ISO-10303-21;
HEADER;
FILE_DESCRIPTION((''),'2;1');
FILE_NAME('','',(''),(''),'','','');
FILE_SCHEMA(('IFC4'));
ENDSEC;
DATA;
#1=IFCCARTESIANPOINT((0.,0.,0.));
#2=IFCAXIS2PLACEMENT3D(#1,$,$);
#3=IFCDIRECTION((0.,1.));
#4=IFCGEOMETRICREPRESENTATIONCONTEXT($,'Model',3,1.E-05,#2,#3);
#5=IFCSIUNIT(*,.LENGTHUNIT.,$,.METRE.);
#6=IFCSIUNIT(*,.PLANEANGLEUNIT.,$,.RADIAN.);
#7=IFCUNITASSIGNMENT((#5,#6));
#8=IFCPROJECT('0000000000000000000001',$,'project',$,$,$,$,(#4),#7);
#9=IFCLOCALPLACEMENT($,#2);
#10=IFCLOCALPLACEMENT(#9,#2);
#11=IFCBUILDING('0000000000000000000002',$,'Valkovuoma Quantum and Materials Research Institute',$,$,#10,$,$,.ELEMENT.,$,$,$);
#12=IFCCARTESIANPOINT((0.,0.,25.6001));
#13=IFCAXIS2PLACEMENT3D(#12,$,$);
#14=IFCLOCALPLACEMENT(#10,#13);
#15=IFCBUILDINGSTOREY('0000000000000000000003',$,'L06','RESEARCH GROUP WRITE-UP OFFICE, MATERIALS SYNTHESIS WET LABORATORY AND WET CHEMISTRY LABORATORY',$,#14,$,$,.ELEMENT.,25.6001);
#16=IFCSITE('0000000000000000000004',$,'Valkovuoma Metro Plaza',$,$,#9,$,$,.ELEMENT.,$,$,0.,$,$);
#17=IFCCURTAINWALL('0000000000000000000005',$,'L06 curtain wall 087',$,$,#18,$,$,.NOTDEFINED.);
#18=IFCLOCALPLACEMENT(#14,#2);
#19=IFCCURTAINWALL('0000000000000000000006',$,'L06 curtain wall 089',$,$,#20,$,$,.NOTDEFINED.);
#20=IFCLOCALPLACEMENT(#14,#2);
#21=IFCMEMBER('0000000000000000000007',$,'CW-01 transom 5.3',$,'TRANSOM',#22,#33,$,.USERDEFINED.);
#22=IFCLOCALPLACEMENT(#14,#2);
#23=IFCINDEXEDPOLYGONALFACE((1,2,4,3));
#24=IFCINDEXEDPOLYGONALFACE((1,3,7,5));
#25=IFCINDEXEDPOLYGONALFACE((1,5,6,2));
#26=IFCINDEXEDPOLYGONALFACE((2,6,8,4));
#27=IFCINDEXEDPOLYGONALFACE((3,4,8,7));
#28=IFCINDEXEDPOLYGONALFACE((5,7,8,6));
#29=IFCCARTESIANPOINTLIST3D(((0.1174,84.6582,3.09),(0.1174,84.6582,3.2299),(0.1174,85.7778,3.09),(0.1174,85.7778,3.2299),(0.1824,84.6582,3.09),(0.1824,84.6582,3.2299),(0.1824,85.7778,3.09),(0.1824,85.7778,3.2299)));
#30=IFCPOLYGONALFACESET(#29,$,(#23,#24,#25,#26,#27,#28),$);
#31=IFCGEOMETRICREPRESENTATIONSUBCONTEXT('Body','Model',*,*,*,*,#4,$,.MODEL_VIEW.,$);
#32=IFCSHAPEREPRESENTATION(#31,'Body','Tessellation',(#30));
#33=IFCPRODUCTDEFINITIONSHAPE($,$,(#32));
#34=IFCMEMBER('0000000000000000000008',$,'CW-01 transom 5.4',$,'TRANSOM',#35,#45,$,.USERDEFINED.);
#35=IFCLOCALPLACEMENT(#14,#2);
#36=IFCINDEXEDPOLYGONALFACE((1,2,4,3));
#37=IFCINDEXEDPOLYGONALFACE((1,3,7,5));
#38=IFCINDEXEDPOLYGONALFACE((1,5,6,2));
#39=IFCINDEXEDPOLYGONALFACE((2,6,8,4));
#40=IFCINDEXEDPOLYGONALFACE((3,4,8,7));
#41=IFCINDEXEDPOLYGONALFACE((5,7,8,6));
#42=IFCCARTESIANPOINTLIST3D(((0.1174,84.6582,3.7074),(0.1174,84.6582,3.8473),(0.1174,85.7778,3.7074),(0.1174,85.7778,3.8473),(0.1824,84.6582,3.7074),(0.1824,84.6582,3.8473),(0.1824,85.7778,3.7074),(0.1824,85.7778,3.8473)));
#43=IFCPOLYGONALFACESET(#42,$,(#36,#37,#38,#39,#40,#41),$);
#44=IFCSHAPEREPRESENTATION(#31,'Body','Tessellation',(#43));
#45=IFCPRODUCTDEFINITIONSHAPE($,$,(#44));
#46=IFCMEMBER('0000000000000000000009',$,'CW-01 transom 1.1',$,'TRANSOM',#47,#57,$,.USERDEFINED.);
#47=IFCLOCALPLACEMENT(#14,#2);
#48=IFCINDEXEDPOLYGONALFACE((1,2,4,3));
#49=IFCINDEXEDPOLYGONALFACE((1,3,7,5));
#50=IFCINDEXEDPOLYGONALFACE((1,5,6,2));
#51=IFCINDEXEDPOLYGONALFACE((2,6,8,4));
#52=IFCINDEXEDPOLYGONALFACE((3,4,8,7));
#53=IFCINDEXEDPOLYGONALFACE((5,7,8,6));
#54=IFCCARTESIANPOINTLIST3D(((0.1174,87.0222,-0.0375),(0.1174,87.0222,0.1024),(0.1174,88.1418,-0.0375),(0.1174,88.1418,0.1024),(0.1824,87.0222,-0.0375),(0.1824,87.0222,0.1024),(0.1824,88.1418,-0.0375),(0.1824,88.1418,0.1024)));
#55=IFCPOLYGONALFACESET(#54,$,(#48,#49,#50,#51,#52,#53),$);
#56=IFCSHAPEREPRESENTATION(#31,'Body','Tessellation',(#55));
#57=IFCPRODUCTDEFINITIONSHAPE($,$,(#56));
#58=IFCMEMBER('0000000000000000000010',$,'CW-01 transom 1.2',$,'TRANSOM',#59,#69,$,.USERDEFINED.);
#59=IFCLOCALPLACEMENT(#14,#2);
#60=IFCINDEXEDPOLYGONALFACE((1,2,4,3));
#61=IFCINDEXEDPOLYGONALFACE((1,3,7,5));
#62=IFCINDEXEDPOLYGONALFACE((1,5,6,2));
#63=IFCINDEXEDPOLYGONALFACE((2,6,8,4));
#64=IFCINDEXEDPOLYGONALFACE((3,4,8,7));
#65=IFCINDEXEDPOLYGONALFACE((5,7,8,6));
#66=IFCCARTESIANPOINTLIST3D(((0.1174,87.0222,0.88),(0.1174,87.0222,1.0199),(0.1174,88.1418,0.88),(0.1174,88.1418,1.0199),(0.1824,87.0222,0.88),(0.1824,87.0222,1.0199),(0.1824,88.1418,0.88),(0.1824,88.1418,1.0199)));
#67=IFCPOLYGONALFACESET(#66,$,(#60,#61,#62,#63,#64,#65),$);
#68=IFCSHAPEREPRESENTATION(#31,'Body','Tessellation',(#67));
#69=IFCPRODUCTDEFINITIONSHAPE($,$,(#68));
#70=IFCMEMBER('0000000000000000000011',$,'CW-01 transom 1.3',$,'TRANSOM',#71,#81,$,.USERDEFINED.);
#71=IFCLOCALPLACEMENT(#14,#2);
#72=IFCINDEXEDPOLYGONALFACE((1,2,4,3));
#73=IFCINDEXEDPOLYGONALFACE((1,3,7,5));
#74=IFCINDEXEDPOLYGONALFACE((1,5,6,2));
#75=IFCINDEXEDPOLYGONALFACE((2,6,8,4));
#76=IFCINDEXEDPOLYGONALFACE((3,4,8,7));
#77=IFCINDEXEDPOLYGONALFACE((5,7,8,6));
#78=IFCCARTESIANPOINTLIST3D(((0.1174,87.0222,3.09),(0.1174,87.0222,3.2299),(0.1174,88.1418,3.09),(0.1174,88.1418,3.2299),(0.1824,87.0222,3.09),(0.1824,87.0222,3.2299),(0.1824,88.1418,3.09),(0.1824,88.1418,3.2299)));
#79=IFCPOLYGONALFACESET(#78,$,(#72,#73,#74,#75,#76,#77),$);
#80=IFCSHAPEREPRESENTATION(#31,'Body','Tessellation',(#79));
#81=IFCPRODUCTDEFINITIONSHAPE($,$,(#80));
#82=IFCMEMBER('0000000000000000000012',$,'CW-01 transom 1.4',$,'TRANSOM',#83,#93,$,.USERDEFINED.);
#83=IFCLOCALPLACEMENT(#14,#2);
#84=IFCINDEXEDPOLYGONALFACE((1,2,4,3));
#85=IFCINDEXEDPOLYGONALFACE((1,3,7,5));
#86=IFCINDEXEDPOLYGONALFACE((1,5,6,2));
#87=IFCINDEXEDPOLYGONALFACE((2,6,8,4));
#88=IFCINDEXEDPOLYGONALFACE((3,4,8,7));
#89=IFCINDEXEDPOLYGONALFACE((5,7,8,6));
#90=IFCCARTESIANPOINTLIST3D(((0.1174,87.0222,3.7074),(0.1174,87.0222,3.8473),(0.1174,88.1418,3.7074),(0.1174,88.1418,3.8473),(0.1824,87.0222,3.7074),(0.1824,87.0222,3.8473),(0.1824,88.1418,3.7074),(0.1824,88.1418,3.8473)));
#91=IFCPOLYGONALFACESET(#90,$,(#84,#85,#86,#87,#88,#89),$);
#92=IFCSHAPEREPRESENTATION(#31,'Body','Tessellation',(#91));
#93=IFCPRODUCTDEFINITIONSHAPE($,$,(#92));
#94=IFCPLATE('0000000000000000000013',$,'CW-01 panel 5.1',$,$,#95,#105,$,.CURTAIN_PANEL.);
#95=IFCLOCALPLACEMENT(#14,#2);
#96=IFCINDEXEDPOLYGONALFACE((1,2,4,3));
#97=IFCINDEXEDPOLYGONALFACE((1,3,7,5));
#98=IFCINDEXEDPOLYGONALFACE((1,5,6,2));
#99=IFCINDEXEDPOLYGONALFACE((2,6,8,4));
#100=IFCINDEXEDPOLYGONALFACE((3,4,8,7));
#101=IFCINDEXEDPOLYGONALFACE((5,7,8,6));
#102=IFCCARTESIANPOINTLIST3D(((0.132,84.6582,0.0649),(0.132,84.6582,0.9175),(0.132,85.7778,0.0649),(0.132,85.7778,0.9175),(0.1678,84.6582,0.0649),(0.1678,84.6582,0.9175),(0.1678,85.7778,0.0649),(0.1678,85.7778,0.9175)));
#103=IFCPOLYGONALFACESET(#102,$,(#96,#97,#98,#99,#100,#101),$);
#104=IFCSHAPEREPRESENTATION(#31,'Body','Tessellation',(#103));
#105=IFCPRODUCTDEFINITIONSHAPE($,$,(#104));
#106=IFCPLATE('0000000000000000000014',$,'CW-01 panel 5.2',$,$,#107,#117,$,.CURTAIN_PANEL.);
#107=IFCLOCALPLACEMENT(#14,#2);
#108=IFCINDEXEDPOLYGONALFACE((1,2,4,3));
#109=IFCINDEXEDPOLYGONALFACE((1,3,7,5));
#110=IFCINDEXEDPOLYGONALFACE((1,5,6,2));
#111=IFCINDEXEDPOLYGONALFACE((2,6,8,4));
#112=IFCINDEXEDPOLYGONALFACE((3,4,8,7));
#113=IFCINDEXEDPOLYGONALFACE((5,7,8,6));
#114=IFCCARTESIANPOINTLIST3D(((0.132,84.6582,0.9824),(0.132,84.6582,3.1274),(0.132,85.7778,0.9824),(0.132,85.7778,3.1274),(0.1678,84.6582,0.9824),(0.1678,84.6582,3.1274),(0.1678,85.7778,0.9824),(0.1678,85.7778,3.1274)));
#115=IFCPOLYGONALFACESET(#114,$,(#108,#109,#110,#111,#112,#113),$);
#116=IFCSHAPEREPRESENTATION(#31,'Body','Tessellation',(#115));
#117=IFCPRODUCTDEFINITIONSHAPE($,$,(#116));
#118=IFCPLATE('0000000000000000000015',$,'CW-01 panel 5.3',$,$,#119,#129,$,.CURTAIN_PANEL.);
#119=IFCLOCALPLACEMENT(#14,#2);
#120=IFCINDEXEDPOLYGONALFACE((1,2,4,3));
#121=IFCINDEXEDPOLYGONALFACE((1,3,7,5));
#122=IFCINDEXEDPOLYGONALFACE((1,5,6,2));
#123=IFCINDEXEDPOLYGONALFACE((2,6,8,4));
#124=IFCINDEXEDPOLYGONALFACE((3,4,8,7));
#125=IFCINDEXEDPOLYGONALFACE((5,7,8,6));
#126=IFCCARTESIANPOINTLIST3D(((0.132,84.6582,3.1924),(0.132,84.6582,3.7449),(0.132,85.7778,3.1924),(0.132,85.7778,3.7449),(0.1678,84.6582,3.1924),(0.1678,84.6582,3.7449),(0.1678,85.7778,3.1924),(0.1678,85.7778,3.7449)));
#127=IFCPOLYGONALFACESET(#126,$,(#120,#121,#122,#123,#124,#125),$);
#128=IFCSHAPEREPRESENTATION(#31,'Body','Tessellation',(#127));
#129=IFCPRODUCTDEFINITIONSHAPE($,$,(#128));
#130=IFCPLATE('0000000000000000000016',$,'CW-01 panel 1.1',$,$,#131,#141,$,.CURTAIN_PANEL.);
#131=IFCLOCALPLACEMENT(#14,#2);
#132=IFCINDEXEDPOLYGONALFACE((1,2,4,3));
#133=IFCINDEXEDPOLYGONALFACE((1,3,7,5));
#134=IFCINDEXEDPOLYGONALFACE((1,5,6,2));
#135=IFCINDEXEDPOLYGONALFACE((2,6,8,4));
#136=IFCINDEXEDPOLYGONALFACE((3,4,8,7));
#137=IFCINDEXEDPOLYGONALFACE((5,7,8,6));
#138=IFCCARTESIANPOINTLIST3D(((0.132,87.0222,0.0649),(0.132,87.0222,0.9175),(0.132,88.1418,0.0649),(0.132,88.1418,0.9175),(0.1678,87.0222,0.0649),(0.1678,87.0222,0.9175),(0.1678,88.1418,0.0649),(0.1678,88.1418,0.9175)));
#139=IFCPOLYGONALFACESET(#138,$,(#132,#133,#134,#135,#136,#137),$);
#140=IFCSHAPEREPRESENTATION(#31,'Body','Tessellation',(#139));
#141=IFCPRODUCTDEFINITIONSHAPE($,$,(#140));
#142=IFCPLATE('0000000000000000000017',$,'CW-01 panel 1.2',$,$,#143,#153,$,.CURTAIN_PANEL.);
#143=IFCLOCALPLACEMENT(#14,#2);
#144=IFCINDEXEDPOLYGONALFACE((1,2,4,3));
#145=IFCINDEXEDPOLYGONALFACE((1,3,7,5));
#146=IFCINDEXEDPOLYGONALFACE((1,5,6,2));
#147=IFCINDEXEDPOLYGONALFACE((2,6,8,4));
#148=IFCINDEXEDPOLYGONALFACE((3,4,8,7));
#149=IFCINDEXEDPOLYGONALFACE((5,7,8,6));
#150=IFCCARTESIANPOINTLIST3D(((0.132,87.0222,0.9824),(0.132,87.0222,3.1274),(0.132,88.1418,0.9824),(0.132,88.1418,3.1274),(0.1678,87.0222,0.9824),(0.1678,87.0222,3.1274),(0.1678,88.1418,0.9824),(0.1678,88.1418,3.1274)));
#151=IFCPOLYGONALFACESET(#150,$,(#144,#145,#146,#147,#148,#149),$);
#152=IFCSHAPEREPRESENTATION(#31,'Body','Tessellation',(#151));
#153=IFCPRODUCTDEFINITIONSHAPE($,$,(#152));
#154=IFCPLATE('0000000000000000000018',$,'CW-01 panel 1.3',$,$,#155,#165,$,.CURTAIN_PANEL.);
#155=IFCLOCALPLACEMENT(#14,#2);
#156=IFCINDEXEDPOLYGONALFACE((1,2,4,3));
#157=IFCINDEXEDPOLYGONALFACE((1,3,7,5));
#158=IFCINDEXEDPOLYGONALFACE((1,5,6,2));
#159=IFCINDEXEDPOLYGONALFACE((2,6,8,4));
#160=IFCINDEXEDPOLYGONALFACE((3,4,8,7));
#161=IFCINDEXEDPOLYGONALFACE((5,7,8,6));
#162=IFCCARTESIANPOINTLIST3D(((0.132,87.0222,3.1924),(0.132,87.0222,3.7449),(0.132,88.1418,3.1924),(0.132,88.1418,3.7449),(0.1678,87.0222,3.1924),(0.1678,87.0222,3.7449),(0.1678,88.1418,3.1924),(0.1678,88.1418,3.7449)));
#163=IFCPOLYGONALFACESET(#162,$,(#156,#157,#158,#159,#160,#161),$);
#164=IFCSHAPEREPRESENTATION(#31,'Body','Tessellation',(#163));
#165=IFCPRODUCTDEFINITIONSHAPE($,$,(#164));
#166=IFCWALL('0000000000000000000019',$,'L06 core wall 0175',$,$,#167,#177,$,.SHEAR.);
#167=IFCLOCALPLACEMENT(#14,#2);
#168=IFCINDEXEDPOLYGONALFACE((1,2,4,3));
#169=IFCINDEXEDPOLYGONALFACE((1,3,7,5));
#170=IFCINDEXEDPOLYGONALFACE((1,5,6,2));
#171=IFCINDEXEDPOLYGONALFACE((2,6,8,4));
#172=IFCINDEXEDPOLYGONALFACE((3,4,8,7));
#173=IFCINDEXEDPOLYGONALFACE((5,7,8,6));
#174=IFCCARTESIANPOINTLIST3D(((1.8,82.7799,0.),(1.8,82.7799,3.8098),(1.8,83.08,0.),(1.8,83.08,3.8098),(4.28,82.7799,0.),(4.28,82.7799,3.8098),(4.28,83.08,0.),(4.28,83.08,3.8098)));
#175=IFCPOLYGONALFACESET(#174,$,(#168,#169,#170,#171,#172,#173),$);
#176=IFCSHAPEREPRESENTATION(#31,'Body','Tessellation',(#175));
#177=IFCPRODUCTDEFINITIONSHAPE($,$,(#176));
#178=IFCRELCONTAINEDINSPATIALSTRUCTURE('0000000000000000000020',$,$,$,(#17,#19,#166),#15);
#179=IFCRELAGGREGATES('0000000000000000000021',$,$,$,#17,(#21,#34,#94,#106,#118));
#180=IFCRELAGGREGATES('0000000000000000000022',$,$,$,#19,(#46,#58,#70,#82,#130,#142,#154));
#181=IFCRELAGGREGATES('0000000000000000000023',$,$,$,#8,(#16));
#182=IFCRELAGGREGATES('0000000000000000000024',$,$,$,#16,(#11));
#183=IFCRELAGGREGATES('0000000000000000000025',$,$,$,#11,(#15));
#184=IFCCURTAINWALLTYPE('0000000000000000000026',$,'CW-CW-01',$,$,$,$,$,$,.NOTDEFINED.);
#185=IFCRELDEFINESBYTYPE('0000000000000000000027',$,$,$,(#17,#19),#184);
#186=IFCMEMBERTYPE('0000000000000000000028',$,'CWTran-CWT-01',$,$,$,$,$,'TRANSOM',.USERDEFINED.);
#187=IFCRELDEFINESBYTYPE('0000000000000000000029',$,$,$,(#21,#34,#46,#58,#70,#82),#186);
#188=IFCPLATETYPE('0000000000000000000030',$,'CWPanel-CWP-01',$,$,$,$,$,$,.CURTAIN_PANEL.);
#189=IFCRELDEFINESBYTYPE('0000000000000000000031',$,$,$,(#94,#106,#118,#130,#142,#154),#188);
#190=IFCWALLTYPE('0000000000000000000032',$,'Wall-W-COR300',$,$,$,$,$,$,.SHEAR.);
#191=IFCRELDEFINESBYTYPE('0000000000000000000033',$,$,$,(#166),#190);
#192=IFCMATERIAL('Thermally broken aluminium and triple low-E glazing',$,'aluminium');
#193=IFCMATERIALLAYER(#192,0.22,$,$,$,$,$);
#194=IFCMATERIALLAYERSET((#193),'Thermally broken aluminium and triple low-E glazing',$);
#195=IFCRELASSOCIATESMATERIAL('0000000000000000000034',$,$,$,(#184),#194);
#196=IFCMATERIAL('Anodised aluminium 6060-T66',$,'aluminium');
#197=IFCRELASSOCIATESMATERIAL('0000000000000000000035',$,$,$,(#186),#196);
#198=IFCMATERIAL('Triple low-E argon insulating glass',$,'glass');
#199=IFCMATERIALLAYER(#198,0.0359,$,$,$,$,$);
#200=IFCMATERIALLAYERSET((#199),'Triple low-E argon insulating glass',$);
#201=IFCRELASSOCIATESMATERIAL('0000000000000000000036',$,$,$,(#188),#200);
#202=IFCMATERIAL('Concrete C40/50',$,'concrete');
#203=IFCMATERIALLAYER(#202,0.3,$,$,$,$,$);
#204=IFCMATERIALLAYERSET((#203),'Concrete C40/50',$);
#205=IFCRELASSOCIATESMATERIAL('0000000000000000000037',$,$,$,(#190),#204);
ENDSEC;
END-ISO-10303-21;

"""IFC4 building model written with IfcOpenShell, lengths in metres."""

from ifc_helpers import new_model, si_unit, direction, frame, frame_2d, origin, origin_2d, place, context, subcontext, project, spatial, rectangle, extrude, material, layer, layer_set, material_profile, profile_set, type_object, element, aggregate, save


model = new_model("IFC4")

# Units and contexts
model_context = context("Model", 3, precision=1e-05, world=origin(), true_north=direction((0.0, 1.0)))
body_context = subcontext(model_context, "Body", "Model", "MODEL_VIEW")
ifc_project = project(units=[si_unit("LENGTHUNIT", "METRE"), si_unit("PLANEANGLEUNIT", "RADIAN")], contexts=[model_context])

# Site, building, storey
site_placement = place(None, origin())
site = spatial("IfcSite", under=ifc_project, at=site_placement, Name="Valkovuoma Metro Plaza", CompositionType="ELEMENT", RefElevation=0.0)
building_placement = place(site_placement, origin())
building = spatial("IfcBuilding", under=site, at=building_placement, Name="Valkovuoma Quantum and Materials Research Institute", CompositionType="ELEMENT")
storey_placement = place(building_placement, frame((0.0, 0.0, 25.6001)))
storey = spatial("IfcBuildingStorey", under=building, at=storey_placement, Name="L06", Description="RESEARCH GROUP WRITE-UP OFFICE, MATERIALS SYNTHESIS WET LABORATORY AND WET CHEMISTRY LABORATORY", CompositionType="ELEMENT", Elevation=25.6001)

# Curtain walls
ifc_material_1 = material(Name="Thermally broken aluminium and triple low-E glazing", Category="aluminium")
ifc_layer_1 = layer(ifc_material_1, 0.22)
ifc_layer_set_1 = layer_set([ifc_layer_1], Name="Thermally broken aluminium and triple low-E glazing")
curtain_wall_type = type_object("IfcCurtainWallType", Name="CW-CW-01", PredefinedType="NOTDEFINED", material=ifc_layer_set_1)
curtain_wall_1_placement = place(storey_placement, origin())
curtain_wall_1 = element("IfcCurtainWall", 1, at=curtain_wall_1_placement, inside=storey, type_object=curtain_wall_type, Name="L06 curtain wall 087", PredefinedType="NOTDEFINED")
curtain_wall_2_placement = place(storey_placement, origin())
curtain_wall_2 = element("IfcCurtainWall", 2, at=curtain_wall_2_placement, inside=storey, type_object=curtain_wall_type, Name="L06 curtain wall 089", PredefinedType="NOTDEFINED")

# Members
ifc_material_2 = material(Name="Anodised aluminium 6060-T66", Category="aluminium")
ifc_material_profile_1 = material_profile(ifc_material_2, rectangle(XDim=0.0649, YDim=0.1399, at=origin_2d()), Name="Anodised aluminium 6060-T66")
ifc_profile_set_1 = profile_set([ifc_material_profile_1], Name="Anodised aluminium 6060-T66")
member_type_1 = type_object("IfcMemberType", Name="CWTran-CWT-01", ElementType="TRANSOM", PredefinedType="USERDEFINED", material=ifc_profile_set_1)
member_1_placement = place(storey_placement, frame((0.1499, 84.6582, 3.1599), z_axis=(0.0, 1.0, 0.0), x_axis=(-1.0, 0.0, 0.0)))
member_1 = element("IfcMember", 3, at=member_1_placement, type_object=member_type_1, Name="CW-01 transom 5.3", ObjectType="TRANSOM", PredefinedType="USERDEFINED", context=body_context, shape_type="SweptSolid", body=[
    extrude(rectangle(XDim=0.0649, YDim=0.1399, at=origin_2d()), origin(), (0.0, 0.0, 1.0), 1.1196),
])
member_2_placement = place(storey_placement, frame((0.1499, 84.6582, 3.7773), z_axis=(0.0, 1.0, 0.0), x_axis=(-1.0, 0.0, 0.0)))
member_2 = element("IfcMember", 4, at=member_2_placement, type_object=member_type_1, Name="CW-01 transom 5.4", ObjectType="TRANSOM", PredefinedType="USERDEFINED", context=body_context, shape_type="SweptSolid", body=[
    extrude(rectangle(XDim=0.0649, YDim=0.1399, at=origin_2d()), origin(), (0.0, 0.0, 1.0), 1.1196),
])
member_3_placement = place(storey_placement, frame((0.1499, 87.0222, 0.0325), z_axis=(0.0, 1.0, 0.0), x_axis=(-1.0, 0.0, 0.0)))
member_3 = element("IfcMember", 5, at=member_3_placement, type_object=member_type_1, Name="CW-01 transom 1.1", ObjectType="TRANSOM", PredefinedType="USERDEFINED", context=body_context, shape_type="SweptSolid", body=[
    extrude(rectangle(XDim=0.0649, YDim=0.1399, at=origin_2d()), origin(), (0.0, 0.0, 1.0), 1.1196),
])
member_4_placement = place(storey_placement, frame((0.1499, 87.0222, 0.95), z_axis=(0.0, 1.0, 0.0), x_axis=(-1.0, 0.0, 0.0)))
member_4 = element("IfcMember", 6, at=member_4_placement, type_object=member_type_1, Name="CW-01 transom 1.2", ObjectType="TRANSOM", PredefinedType="USERDEFINED", context=body_context, shape_type="SweptSolid", body=[
    extrude(rectangle(XDim=0.0649, YDim=0.1399, at=origin_2d()), origin(), (0.0, 0.0, 1.0), 1.1196),
])
member_5_placement = place(storey_placement, frame((0.1499, 87.0222, 3.1599), z_axis=(0.0, 1.0, 0.0), x_axis=(-1.0, 0.0, 0.0)))
member_5 = element("IfcMember", 7, at=member_5_placement, type_object=member_type_1, Name="CW-01 transom 1.3", ObjectType="TRANSOM", PredefinedType="USERDEFINED", context=body_context, shape_type="SweptSolid", body=[
    extrude(rectangle(XDim=0.0649, YDim=0.1399, at=origin_2d()), origin(), (0.0, 0.0, 1.0), 1.1196),
])
member_6_placement = place(storey_placement, frame((0.1499, 87.0222, 3.7773), z_axis=(0.0, 1.0, 0.0), x_axis=(-1.0, 0.0, 0.0)))
member_6 = element("IfcMember", 8, at=member_6_placement, type_object=member_type_1, Name="CW-01 transom 1.4", ObjectType="TRANSOM", PredefinedType="USERDEFINED", context=body_context, shape_type="SweptSolid", body=[
    extrude(rectangle(XDim=0.0649, YDim=0.1399, at=origin_2d()), origin(), (0.0, 0.0, 1.0), 1.1196),
])

# Plates
ifc_material_3 = material(Name="Triple low-E argon insulating glass", Category="glass")
ifc_layer_2 = layer(ifc_material_3, 0.0359)
ifc_layer_set_2 = layer_set([ifc_layer_2], Name="Triple low-E argon insulating glass")
plate_type = type_object("IfcPlateType", Name="CWPanel-CWP-01", PredefinedType="CURTAIN_PANEL", material=ifc_layer_set_2)
plate_1_placement = place(storey_placement, frame((0.1499, 85.218, 0.0649), z_axis=(0.0, 0.0, 1.0), x_axis=(0.0, 1.0, 0.0)))
plate_1 = element("IfcPlate", 9, at=plate_1_placement, type_object=plate_type, Name="CW-01 panel 5.1", PredefinedType="CURTAIN_PANEL", context=body_context, shape_type="SweptSolid", body=[
    extrude(rectangle(XDim=1.1196, YDim=0.0359, at=origin_2d()), origin(), (0.0, 0.0, 1.0), 0.8525),
])
plate_2_placement = place(storey_placement, frame((0.1499, 85.218, 0.9824), z_axis=(0.0, 0.0, 1.0), x_axis=(0.0, 1.0, 0.0)))
plate_2 = element("IfcPlate", 10, at=plate_2_placement, type_object=plate_type, Name="CW-01 panel 5.2", PredefinedType="CURTAIN_PANEL", context=body_context, shape_type="SweptSolid", body=[
    extrude(rectangle(XDim=1.1196, YDim=0.0359, at=origin_2d()), origin(), (0.0, 0.0, 1.0), 2.145),
])
plate_3_placement = place(storey_placement, frame((0.1499, 85.218, 3.1924), z_axis=(0.0, 0.0, 1.0), x_axis=(0.0, 1.0, 0.0)))
plate_3 = element("IfcPlate", 11, at=plate_3_placement, type_object=plate_type, Name="CW-01 panel 5.3", PredefinedType="CURTAIN_PANEL", context=body_context, shape_type="SweptSolid", body=[
    extrude(rectangle(XDim=1.1196, YDim=0.0359, at=origin_2d()), origin(), (0.0, 0.0, 1.0), 0.5525),
])
aggregate(curtain_wall_1, [member_1, member_2, plate_1, plate_2, plate_3])
plate_4_placement = place(storey_placement, frame((0.1499, 87.582, 0.0649), z_axis=(0.0, 0.0, 1.0), x_axis=(0.0, 1.0, 0.0)))
plate_4 = element("IfcPlate", 12, at=plate_4_placement, type_object=plate_type, Name="CW-01 panel 1.1", PredefinedType="CURTAIN_PANEL", context=body_context, shape_type="SweptSolid", body=[
    extrude(rectangle(XDim=1.1196, YDim=0.0359, at=origin_2d()), origin(), (0.0, 0.0, 1.0), 0.8525),
])
plate_5_placement = place(storey_placement, frame((0.1499, 87.582, 0.9824), z_axis=(0.0, 0.0, 1.0), x_axis=(0.0, 1.0, 0.0)))
plate_5 = element("IfcPlate", 13, at=plate_5_placement, type_object=plate_type, Name="CW-01 panel 1.2", PredefinedType="CURTAIN_PANEL", context=body_context, shape_type="SweptSolid", body=[
    extrude(rectangle(XDim=1.1196, YDim=0.0359, at=origin_2d()), origin(), (0.0, 0.0, 1.0), 2.145),
])
plate_6_placement = place(storey_placement, frame((0.1499, 87.582, 3.1924), z_axis=(0.0, 0.0, 1.0), x_axis=(0.0, 1.0, 0.0)))
plate_6 = element("IfcPlate", 14, at=plate_6_placement, type_object=plate_type, Name="CW-01 panel 1.3", PredefinedType="CURTAIN_PANEL", context=body_context, shape_type="SweptSolid", body=[
    extrude(rectangle(XDim=1.1196, YDim=0.0359, at=origin_2d()), origin(), (0.0, 0.0, 1.0), 0.5525),
])
aggregate(curtain_wall_2, [member_3, member_4, member_5, member_6, plate_4, plate_5, plate_6])

# Wall
ifc_material_4 = material(Name="Concrete C40/50", Category="concrete")
ifc_layer_3 = layer(ifc_material_4, 0.3)
ifc_layer_set_3 = layer_set([ifc_layer_3], Name="Concrete C40/50")
wall_type_1 = type_object("IfcWallType", Name="Wall-W-COR300", PredefinedType="SHEAR", material=ifc_layer_set_3)
wall_1_placement = place(storey_placement, frame((1.8, 82.9299, 0.0), z_axis=(0.0, 0.0, 1.0), x_axis=(1.0, 0.0, 0.0)))
element("IfcWall", 15, at=wall_1_placement, inside=storey, type_object=wall_type_1, Name="L06 core wall 0175", PredefinedType="SHEAR", context=body_context, shape_type="SweptSolid", body=[
    extrude(rectangle(XDim=2.48, YDim=0.3, at=frame_2d((1.24, 0.0))), origin(), (0.0, 0.0, 1.0), 3.8098),
])

save(model, "model.ifc")
